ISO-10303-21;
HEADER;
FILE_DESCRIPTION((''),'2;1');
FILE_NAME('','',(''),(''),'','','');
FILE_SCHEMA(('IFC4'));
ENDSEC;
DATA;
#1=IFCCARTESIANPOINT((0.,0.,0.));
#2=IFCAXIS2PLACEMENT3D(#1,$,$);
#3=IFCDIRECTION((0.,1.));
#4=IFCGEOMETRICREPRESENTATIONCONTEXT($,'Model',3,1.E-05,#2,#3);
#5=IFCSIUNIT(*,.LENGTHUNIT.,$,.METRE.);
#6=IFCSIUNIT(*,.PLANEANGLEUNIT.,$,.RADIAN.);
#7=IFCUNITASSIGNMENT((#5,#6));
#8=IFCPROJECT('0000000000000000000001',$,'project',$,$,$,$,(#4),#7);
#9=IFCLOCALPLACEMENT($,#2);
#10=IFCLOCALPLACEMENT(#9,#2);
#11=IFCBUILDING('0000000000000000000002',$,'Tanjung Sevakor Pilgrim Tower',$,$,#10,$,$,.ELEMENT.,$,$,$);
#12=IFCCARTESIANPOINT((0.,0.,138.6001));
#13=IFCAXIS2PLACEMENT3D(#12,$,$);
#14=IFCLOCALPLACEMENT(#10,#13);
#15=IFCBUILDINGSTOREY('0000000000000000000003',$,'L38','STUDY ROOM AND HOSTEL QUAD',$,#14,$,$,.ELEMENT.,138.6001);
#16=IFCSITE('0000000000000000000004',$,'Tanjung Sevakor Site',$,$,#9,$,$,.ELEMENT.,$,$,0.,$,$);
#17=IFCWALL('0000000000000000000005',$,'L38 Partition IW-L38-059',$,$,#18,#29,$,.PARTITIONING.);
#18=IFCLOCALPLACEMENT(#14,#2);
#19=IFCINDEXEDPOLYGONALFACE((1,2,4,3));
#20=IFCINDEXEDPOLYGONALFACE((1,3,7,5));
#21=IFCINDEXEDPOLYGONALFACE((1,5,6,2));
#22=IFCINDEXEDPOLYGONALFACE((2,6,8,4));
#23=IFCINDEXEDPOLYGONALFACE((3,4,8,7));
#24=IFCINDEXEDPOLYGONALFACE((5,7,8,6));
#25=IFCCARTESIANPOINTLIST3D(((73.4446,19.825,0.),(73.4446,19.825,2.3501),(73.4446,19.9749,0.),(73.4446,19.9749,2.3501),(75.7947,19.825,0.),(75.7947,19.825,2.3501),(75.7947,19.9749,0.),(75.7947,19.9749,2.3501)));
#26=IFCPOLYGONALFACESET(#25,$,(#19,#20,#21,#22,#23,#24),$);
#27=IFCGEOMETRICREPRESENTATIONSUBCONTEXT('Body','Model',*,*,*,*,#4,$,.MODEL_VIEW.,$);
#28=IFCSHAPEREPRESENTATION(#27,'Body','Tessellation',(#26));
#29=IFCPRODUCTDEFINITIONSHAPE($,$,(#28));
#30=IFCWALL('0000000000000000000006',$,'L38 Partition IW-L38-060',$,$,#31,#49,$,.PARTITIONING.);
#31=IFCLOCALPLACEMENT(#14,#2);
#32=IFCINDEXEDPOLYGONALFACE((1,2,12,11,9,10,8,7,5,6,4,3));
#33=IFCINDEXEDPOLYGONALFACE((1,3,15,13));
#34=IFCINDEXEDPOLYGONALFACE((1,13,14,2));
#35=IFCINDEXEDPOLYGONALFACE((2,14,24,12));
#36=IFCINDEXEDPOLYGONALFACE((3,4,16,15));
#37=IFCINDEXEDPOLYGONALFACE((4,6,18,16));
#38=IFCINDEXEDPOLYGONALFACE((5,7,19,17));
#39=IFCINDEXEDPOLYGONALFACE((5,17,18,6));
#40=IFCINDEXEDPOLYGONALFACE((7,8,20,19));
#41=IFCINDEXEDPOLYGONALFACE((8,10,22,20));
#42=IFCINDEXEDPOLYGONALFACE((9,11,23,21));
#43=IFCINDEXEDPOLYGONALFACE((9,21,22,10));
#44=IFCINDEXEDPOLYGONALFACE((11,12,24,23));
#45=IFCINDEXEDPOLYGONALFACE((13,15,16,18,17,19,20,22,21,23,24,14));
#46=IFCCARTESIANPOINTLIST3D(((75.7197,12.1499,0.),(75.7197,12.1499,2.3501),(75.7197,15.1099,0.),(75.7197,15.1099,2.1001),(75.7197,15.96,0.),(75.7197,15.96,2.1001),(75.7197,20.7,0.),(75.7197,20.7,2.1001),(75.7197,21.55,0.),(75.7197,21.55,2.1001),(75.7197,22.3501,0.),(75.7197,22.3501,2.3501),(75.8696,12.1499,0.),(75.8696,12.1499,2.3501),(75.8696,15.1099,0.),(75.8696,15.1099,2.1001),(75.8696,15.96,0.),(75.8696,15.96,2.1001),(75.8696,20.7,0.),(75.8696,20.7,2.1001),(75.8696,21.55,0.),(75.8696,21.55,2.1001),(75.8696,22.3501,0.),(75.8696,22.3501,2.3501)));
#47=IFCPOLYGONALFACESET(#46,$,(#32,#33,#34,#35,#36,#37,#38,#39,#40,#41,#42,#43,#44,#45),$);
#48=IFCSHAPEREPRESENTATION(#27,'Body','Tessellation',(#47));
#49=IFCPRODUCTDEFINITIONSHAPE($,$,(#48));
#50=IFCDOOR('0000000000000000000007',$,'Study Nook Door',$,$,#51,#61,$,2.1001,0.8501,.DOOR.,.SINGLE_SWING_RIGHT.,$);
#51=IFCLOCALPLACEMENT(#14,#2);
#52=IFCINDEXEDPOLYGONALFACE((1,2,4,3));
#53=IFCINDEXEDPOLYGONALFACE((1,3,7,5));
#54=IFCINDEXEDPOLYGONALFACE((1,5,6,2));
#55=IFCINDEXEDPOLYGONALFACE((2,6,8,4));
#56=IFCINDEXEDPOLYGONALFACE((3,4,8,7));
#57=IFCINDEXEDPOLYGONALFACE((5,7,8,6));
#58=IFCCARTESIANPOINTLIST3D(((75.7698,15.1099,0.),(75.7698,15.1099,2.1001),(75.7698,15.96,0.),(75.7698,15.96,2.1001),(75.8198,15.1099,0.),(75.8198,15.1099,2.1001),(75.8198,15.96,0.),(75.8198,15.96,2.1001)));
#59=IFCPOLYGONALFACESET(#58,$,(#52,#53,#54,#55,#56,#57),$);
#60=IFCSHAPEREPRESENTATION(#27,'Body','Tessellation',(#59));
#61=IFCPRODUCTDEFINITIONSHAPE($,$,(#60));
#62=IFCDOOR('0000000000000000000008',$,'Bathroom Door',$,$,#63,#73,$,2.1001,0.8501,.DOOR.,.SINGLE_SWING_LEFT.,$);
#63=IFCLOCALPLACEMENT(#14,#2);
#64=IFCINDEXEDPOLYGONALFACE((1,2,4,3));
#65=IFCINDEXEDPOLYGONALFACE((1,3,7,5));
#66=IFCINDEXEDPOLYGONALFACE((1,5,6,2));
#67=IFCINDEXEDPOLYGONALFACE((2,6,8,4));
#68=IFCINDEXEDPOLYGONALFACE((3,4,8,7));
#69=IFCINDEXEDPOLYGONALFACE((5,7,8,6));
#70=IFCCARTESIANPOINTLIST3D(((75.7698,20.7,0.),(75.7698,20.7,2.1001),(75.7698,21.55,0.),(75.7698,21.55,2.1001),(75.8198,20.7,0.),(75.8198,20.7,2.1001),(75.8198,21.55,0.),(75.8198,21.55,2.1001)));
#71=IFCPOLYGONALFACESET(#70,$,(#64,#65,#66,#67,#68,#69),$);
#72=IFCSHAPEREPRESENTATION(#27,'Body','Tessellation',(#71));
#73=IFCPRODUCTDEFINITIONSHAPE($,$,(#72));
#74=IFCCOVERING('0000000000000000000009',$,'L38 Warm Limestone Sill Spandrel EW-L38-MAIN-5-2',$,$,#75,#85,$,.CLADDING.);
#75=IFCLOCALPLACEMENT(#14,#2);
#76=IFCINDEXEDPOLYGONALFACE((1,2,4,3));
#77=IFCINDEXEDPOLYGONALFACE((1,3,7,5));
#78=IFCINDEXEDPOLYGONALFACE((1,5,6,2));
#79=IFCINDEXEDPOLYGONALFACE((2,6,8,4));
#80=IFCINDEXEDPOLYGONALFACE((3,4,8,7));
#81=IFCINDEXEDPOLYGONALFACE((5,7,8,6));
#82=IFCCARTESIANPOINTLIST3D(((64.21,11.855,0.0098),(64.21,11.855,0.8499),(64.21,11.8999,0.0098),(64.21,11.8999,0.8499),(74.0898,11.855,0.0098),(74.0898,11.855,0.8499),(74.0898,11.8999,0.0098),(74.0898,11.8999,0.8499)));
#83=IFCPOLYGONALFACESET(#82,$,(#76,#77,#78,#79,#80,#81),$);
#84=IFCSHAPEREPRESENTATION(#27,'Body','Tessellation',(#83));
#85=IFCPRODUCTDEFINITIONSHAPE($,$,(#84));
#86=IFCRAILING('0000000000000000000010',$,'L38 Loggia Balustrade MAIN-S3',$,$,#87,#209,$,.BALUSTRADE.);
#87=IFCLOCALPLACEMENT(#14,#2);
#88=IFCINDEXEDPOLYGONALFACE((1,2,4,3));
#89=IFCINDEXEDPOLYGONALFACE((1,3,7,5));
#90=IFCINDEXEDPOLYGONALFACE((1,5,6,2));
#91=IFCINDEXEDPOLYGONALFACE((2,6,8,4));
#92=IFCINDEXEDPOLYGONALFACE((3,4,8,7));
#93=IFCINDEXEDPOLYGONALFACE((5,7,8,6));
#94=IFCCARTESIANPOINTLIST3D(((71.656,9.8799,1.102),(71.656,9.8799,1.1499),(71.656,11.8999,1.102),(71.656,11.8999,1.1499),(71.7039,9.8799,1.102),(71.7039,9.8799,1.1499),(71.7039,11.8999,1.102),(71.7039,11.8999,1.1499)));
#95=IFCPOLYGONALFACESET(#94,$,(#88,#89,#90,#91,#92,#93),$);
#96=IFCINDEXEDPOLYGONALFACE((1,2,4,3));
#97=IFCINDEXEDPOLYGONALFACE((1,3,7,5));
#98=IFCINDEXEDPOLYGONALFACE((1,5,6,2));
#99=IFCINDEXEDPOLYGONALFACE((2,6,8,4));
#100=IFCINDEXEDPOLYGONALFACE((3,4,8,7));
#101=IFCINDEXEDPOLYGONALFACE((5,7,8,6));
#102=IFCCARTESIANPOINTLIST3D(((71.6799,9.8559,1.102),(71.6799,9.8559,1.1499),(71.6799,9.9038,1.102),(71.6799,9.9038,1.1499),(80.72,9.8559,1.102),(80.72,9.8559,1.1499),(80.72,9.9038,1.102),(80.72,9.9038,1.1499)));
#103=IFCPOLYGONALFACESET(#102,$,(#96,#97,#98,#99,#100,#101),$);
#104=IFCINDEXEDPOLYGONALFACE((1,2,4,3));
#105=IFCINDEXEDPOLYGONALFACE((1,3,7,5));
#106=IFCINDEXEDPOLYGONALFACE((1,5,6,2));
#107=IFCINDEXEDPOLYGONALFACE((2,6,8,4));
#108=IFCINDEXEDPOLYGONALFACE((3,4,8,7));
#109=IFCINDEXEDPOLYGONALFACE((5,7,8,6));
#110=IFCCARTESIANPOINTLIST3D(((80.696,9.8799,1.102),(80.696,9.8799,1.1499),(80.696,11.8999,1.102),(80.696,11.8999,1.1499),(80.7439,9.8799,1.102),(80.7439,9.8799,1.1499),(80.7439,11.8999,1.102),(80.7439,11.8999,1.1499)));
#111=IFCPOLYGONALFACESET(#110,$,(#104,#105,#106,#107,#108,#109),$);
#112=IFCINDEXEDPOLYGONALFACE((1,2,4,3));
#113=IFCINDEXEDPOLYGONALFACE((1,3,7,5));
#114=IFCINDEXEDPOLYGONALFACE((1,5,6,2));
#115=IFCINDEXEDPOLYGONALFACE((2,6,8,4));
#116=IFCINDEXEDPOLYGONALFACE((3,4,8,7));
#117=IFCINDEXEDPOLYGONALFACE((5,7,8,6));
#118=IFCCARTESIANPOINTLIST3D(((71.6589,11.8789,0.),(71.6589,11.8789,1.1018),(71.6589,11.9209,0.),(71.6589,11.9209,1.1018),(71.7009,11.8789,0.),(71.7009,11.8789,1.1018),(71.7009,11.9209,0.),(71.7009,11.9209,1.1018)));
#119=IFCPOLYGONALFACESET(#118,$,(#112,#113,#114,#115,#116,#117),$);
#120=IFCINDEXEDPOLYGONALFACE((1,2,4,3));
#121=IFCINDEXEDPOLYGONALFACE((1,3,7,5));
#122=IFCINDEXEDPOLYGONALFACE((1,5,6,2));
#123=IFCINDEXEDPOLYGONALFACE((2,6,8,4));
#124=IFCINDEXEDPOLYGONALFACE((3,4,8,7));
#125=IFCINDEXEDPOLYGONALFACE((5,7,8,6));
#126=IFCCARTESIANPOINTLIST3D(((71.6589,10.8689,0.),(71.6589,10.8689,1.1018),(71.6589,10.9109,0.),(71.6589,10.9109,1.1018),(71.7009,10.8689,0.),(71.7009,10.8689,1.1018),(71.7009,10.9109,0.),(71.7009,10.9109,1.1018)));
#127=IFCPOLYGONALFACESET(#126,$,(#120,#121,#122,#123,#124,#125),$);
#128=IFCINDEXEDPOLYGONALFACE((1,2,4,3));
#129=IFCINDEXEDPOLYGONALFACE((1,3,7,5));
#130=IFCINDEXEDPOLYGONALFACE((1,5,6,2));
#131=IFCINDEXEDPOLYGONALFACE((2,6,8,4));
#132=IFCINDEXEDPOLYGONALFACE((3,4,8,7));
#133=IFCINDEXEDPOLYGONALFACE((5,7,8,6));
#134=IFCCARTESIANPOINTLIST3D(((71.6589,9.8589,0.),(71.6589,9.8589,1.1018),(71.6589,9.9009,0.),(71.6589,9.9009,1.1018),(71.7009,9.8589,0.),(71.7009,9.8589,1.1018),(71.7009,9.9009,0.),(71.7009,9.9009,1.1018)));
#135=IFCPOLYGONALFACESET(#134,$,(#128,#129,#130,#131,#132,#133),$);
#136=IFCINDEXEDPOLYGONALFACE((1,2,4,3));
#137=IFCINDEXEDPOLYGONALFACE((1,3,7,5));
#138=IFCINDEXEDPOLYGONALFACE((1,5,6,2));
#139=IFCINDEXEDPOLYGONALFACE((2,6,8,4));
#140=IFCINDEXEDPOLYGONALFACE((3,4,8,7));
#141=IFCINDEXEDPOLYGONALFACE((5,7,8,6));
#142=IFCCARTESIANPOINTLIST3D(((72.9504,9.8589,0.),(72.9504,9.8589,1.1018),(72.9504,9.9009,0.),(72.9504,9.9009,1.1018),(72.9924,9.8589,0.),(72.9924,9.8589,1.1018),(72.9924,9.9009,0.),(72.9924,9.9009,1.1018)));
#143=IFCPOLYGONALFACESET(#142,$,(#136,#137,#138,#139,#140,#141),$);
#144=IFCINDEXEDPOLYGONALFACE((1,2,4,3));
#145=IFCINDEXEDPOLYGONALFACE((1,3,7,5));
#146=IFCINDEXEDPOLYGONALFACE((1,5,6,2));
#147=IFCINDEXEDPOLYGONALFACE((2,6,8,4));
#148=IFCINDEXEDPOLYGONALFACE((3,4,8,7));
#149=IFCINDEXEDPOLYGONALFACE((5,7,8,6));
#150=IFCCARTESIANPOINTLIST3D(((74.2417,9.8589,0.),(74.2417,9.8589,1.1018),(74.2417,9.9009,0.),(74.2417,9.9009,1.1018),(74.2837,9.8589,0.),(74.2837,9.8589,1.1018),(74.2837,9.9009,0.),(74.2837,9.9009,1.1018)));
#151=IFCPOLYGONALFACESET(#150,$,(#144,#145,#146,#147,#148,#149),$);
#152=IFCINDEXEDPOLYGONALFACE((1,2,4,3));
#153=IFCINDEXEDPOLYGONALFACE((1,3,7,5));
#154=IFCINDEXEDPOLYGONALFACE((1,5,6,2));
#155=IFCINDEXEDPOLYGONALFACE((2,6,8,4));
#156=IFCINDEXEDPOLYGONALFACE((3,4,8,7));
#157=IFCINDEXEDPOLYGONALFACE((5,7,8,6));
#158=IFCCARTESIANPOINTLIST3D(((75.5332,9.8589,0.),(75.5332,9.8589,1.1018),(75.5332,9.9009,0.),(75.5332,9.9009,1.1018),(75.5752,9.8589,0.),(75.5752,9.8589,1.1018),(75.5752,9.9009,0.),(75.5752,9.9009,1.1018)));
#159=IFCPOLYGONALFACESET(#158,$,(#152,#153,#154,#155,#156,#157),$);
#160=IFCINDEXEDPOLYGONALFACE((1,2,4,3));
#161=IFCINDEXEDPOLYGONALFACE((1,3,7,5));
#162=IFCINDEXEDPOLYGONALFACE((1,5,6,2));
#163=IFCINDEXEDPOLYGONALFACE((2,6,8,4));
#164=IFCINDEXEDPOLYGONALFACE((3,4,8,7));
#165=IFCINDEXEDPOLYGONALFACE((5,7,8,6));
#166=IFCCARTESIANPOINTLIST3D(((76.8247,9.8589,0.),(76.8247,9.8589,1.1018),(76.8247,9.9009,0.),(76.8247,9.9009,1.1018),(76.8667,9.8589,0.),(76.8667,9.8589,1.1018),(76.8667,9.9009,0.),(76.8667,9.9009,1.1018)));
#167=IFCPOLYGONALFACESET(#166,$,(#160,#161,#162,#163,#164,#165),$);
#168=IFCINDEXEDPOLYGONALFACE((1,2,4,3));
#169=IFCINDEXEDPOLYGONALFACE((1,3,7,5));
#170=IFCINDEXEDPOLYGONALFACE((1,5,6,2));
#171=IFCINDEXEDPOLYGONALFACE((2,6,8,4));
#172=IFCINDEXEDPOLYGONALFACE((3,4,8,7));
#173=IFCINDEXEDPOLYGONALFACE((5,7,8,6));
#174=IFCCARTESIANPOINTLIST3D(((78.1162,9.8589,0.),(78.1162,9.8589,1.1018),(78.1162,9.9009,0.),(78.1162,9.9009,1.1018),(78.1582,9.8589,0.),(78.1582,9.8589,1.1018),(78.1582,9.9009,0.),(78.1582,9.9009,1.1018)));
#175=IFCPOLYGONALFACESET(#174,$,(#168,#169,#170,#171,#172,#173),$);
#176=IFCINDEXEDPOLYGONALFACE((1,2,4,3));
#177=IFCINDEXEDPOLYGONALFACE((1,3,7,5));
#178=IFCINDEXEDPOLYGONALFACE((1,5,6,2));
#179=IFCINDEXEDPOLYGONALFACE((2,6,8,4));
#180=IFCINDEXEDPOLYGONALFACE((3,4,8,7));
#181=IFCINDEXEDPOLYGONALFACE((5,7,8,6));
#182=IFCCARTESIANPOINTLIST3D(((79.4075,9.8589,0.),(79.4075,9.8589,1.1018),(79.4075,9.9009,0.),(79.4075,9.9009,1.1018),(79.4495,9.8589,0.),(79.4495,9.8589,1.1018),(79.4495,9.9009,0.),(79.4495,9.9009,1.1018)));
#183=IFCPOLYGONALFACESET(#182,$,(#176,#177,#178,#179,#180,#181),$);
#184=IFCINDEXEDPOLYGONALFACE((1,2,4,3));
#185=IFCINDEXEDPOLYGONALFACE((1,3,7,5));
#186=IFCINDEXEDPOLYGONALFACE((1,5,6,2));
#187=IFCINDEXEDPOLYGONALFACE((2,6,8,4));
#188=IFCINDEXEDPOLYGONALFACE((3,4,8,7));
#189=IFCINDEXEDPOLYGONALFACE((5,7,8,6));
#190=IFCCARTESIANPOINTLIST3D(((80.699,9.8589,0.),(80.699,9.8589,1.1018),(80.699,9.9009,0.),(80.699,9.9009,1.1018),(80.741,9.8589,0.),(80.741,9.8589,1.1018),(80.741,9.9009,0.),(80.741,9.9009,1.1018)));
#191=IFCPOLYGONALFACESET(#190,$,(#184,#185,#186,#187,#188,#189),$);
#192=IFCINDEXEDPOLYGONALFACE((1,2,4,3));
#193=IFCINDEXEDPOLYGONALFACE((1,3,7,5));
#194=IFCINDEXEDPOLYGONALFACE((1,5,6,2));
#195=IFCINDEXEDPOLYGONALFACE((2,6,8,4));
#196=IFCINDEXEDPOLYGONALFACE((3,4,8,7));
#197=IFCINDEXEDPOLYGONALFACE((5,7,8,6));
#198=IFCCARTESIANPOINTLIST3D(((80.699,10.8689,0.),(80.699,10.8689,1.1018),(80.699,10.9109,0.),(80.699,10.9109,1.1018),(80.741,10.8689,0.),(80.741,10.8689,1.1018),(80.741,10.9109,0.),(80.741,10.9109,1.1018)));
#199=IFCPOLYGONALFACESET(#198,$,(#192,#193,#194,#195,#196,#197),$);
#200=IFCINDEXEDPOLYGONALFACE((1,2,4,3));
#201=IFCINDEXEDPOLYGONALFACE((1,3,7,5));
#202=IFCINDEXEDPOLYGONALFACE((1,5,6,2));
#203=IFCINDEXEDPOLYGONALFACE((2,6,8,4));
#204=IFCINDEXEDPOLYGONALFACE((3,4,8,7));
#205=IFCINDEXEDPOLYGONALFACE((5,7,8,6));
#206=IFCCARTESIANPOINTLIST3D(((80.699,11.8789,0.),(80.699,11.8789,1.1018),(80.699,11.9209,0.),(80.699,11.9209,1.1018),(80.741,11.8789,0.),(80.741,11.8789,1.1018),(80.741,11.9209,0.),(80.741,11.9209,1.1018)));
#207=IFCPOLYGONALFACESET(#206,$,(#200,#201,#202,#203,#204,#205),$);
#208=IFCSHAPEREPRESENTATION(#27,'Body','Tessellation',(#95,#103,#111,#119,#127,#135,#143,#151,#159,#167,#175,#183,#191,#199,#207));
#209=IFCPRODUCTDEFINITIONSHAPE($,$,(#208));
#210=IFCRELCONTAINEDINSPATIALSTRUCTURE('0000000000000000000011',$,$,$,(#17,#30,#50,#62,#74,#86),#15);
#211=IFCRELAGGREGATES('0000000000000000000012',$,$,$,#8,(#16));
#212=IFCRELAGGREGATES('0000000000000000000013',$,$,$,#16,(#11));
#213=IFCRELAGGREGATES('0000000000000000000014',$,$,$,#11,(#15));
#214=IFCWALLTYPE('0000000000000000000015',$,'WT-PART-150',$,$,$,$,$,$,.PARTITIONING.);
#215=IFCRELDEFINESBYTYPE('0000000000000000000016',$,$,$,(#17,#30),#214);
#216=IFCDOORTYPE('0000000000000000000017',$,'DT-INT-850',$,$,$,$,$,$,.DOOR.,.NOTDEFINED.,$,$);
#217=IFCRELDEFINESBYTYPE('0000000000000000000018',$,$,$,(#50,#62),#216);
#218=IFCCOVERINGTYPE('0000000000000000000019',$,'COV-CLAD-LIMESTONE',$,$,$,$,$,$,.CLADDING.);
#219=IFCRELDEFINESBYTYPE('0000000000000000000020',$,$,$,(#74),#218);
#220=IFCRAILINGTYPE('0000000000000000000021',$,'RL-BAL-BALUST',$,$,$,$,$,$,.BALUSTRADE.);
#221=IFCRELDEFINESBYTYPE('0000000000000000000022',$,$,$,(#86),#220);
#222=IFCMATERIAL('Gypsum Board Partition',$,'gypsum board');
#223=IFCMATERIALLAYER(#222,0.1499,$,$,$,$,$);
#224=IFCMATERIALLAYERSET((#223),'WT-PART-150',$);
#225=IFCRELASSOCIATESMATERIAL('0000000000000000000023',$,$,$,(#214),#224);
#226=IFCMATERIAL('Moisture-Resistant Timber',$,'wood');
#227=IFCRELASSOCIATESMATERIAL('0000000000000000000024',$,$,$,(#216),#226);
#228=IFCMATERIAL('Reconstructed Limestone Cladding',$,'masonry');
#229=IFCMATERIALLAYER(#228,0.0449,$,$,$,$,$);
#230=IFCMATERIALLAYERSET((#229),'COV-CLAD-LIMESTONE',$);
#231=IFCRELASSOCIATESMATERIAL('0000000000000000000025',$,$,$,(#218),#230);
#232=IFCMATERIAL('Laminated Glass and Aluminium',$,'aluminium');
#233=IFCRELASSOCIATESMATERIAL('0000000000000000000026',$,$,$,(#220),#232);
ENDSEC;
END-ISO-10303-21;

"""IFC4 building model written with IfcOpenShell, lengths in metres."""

from ifc_helpers import new_model, si_unit, direction, frame, frame_2d, origin, origin_2d, place, context, subcontext, project, spatial, rectangle, extrude, material, layer, layer_set, type_object, element, fill, save


model = new_model("IFC4")

# Units and contexts
model_context = context("Model", 3, precision=1e-05, world=origin(), true_north=direction((0.0, 1.0)))
body_context = subcontext(model_context, "Body", "Model", "MODEL_VIEW")
ifc_project = project(units=[si_unit("LENGTHUNIT", "METRE"), si_unit("PLANEANGLEUNIT", "RADIAN")], contexts=[model_context])

# Site, building, storey
site_placement = place(None, origin())
site = spatial("IfcSite", under=ifc_project, at=site_placement, Name="Tanjung Sevakor Site", CompositionType="ELEMENT", RefElevation=0.0)
building_placement = place(site_placement, origin())
building = spatial("IfcBuilding", under=site, at=building_placement, Name="Tanjung Sevakor Pilgrim Tower", CompositionType="ELEMENT")
storey_placement = place(building_placement, frame((0.0, 0.0, 138.6001)))
storey = spatial("IfcBuildingStorey", under=building, at=storey_placement, Name="L38", Description="STUDY ROOM AND HOSTEL QUAD", CompositionType="ELEMENT", Elevation=138.6001)

# Shared definitions
ifc_material_1 = material(Name="Gypsum Board Partition", Category="gypsum board")
ifc_layer_1 = layer(ifc_material_1, 0.1499)
ifc_layer_set_1 = layer_set([ifc_layer_1], Name="WT-PART-150")
wall_type_1 = type_object("IfcWallType", Name="WT-PART-150", PredefinedType="PARTITIONING", material=ifc_layer_set_1)

# Shared definitions
ifc_material_2 = material(Name="Moisture-Resistant Timber", Category="wood")
door_type_1 = type_object("IfcDoorType", Name="DT-INT-850", OperationType="NOTDEFINED", PredefinedType="DOOR", material=ifc_material_2)

# Wall
wall_1_placement = place(storey_placement, frame((73.4446, 19.8999, 0.0), z_axis=(0.0, 0.0, 1.0), x_axis=(1.0, 0.0, 0.0)))
element("IfcWall", 1, at=wall_1_placement, inside=storey, type_object=wall_type_1, Name="L38 Partition IW-L38-059", PredefinedType="PARTITIONING", context=body_context, shape_type="SweptSolid", body=[
    extrude(rectangle(XDim=2.3501, YDim=0.1499, at=frame_2d((1.175, 0.0))), origin(), (0.0, 0.0, 1.0), 2.3501),
])

# Wall, openings, doors
wall_2_placement = place(storey_placement, frame((75.7947, 12.1499, 0.0), z_axis=(0.0, 0.0, 1.0), x_axis=(0.0, 1.0, 0.0)))
wall_2 = element("IfcWall", 2, at=wall_2_placement, inside=storey, type_object=wall_type_1, Name="L38 Partition IW-L38-060", PredefinedType="PARTITIONING", context=body_context, shape_type="SweptSolid", body=[
    extrude(rectangle(XDim=10.2002, YDim=0.1499, at=frame_2d((5.1001, 0.0))), origin(), (0.0, 0.0, 1.0), 2.3501),
])
opening_1_placement = place(wall_2_placement, frame((2.96, 0.0, 0.0)))
opening_1 = element("IfcOpeningElement", 3, at=opening_1_placement, cuts=wall_2, PredefinedType="OPENING", context=body_context, shape_type="SweptSolid", body=[
    extrude(rectangle(XDim=0.8501, YDim=2.1001, at=frame_2d((0.425, 1.05))), frame((0.0, 0.085, 0.0), z_axis=(0.0, -1.0, 0.0), x_axis=(1.0, 0.0, 0.0)), (0.0, 0.0, 1.0), 0.1699),
])
opening_2_placement = place(wall_2_placement, frame((8.55, 0.0, 0.0)))
opening_2 = element("IfcOpeningElement", 4, at=opening_2_placement, cuts=wall_2, PredefinedType="OPENING", context=body_context, shape_type="SweptSolid", body=[
    extrude(rectangle(XDim=0.8501, YDim=2.1001, at=frame_2d((0.425, 1.05))), frame((0.0, 0.085, 0.0), z_axis=(0.0, -1.0, 0.0), x_axis=(1.0, 0.0, 0.0)), (0.0, 0.0, 1.0), 0.1699),
])
door_1_placement = place(opening_1_placement, origin())
door_1 = element("IfcDoor", 5, at=door_1_placement, inside=storey, type_object=door_type_1, Name="Study Nook Door", OperationType="SINGLE_SWING_RIGHT", OverallHeight=2.1001, OverallWidth=0.8501, PredefinedType="DOOR", context=body_context, shape_type="SweptSolid", body=[
    extrude(rectangle(XDim=0.8501, YDim=2.1001, at=frame_2d((0.425, 1.05))), frame((0.0, 0.0249, 0.0), z_axis=(0.0, -1.0, 0.0), x_axis=(1.0, 0.0, 0.0)), (0.0, 0.0, 1.0), 0.05),
])
fill(opening_1, door_1)
door_2_placement = place(opening_2_placement, origin())
door_2 = element("IfcDoor", 6, at=door_2_placement, inside=storey, type_object=door_type_1, Name="Bathroom Door", OperationType="SINGLE_SWING_LEFT", OverallHeight=2.1001, OverallWidth=0.8501, PredefinedType="DOOR", context=body_context, shape_type="SweptSolid", body=[
    extrude(rectangle(XDim=0.8501, YDim=2.1001, at=frame_2d((0.425, 1.05))), frame((0.0, 0.0249, 0.0), z_axis=(0.0, -1.0, 0.0), x_axis=(1.0, 0.0, 0.0)), (0.0, 0.0, 1.0), 0.05),
])
fill(opening_2, door_2)

# Covering
ifc_material_3 = material(Name="Reconstructed Limestone Cladding", Category="masonry")
ifc_layer_2 = layer(ifc_material_3, 0.0449)
ifc_layer_set_2 = layer_set([ifc_layer_2], Name="COV-CLAD-LIMESTONE")
covering_type = type_object("IfcCoveringType", Name="COV-CLAD-LIMESTONE", PredefinedType="CLADDING", material=ifc_layer_set_2)
covering_placement = place(storey_placement, frame((69.1499, 11.8774, 0.0098), z_axis=(0.0, 0.0, 1.0), x_axis=(1.0, 0.0, 0.0)))
element("IfcCovering", 7, at=covering_placement, inside=storey, type_object=covering_type, Name="L38 Warm Limestone Sill Spandrel EW-L38-MAIN-5-2", PredefinedType="CLADDING", context=body_context, shape_type="SweptSolid", body=[
    extrude(rectangle(XDim=9.8799, YDim=0.0449, at=origin_2d()), origin(), (0.0, 0.0, 1.0), 0.8401),
])

# Railing
ifc_material_4 = material(Name="Laminated Glass and Aluminium", Category="aluminium")
railing_type = type_object("IfcRailingType", Name="RL-BAL-BALUST", PredefinedType="BALUSTRADE", material=ifc_material_4)
railing_placement = place(storey_placement, frame((71.6799, 11.8999, 0.0)))
element("IfcRailing", 8, at=railing_placement, inside=storey, type_object=railing_type, Name="L38 Loggia Balustrade MAIN-S3", PredefinedType="BALUSTRADE", context=body_context, shape_type="SweptSolid", body=[
    extrude(rectangle(XDim=0.0479, YDim=0.0479), frame((0.0, 0.0, 1.126), z_axis=(0.0, -1.0, 0.0), x_axis=(1.0, 0.0, 0.0)), (0.0, 0.0, 1.0), 2.02),
    extrude(rectangle(XDim=0.0479, YDim=0.0479), frame((0.0, -2.02, 1.126), z_axis=(1.0, 0.0, 0.0), x_axis=(0.0, 1.0, 0.0)), (0.0, 0.0, 1.0), 9.04),
    extrude(rectangle(XDim=0.0479, YDim=0.0479), frame((9.04, -2.02, 1.126), z_axis=(0.0, 1.0, 0.0), x_axis=(-1.0, 0.0, 0.0)), (0.0, 0.0, 1.0), 2.02),
    extrude(rectangle(XDim=0.042, YDim=0.042), origin(), (0.0, 0.0, 1.0), 1.1018),
    extrude(rectangle(XDim=0.042, YDim=0.042), frame((0.0, -1.01, 0.0)), (0.0, 0.0, 1.0), 1.1018),
    extrude(rectangle(XDim=0.042, YDim=0.042), frame((0.0, -2.02, 0.0)), (0.0, 0.0, 1.0), 1.1018),
    extrude(rectangle(XDim=0.042, YDim=0.042), frame((1.2915, -2.02, 0.0)), (0.0, 0.0, 1.0), 1.1018),
    extrude(rectangle(XDim=0.042, YDim=0.042), frame((2.5828, -2.02, 0.0)), (0.0, 0.0, 1.0), 1.1018),
    extrude(rectangle(XDim=0.042, YDim=0.042), frame((3.8743, -2.02, 0.0)), (0.0, 0.0, 1.0), 1.1018),
    extrude(rectangle(XDim=0.042, YDim=0.042), frame((5.1658, -2.02, 0.0)), (0.0, 0.0, 1.0), 1.1018),
    extrude(rectangle(XDim=0.042, YDim=0.042), frame((6.4573, -2.02, 0.0)), (0.0, 0.0, 1.0), 1.1018),
    extrude(rectangle(XDim=0.042, YDim=0.042), frame((7.7485, -2.02, 0.0)), (0.0, 0.0, 1.0), 1.1018),
    extrude(rectangle(XDim=0.042, YDim=0.042), frame((9.04, -2.02, 0.0)), (0.0, 0.0, 1.0), 1.1018),
    extrude(rectangle(XDim=0.042, YDim=0.042), frame((9.04, -1.01, 0.0)), (0.0, 0.0, 1.0), 1.1018),
    extrude(rectangle(XDim=0.042, YDim=0.042), frame((9.04, 0.0, 0.0)), (0.0, 0.0, 1.0), 1.1018),
])

save(model, "model.ifc")
